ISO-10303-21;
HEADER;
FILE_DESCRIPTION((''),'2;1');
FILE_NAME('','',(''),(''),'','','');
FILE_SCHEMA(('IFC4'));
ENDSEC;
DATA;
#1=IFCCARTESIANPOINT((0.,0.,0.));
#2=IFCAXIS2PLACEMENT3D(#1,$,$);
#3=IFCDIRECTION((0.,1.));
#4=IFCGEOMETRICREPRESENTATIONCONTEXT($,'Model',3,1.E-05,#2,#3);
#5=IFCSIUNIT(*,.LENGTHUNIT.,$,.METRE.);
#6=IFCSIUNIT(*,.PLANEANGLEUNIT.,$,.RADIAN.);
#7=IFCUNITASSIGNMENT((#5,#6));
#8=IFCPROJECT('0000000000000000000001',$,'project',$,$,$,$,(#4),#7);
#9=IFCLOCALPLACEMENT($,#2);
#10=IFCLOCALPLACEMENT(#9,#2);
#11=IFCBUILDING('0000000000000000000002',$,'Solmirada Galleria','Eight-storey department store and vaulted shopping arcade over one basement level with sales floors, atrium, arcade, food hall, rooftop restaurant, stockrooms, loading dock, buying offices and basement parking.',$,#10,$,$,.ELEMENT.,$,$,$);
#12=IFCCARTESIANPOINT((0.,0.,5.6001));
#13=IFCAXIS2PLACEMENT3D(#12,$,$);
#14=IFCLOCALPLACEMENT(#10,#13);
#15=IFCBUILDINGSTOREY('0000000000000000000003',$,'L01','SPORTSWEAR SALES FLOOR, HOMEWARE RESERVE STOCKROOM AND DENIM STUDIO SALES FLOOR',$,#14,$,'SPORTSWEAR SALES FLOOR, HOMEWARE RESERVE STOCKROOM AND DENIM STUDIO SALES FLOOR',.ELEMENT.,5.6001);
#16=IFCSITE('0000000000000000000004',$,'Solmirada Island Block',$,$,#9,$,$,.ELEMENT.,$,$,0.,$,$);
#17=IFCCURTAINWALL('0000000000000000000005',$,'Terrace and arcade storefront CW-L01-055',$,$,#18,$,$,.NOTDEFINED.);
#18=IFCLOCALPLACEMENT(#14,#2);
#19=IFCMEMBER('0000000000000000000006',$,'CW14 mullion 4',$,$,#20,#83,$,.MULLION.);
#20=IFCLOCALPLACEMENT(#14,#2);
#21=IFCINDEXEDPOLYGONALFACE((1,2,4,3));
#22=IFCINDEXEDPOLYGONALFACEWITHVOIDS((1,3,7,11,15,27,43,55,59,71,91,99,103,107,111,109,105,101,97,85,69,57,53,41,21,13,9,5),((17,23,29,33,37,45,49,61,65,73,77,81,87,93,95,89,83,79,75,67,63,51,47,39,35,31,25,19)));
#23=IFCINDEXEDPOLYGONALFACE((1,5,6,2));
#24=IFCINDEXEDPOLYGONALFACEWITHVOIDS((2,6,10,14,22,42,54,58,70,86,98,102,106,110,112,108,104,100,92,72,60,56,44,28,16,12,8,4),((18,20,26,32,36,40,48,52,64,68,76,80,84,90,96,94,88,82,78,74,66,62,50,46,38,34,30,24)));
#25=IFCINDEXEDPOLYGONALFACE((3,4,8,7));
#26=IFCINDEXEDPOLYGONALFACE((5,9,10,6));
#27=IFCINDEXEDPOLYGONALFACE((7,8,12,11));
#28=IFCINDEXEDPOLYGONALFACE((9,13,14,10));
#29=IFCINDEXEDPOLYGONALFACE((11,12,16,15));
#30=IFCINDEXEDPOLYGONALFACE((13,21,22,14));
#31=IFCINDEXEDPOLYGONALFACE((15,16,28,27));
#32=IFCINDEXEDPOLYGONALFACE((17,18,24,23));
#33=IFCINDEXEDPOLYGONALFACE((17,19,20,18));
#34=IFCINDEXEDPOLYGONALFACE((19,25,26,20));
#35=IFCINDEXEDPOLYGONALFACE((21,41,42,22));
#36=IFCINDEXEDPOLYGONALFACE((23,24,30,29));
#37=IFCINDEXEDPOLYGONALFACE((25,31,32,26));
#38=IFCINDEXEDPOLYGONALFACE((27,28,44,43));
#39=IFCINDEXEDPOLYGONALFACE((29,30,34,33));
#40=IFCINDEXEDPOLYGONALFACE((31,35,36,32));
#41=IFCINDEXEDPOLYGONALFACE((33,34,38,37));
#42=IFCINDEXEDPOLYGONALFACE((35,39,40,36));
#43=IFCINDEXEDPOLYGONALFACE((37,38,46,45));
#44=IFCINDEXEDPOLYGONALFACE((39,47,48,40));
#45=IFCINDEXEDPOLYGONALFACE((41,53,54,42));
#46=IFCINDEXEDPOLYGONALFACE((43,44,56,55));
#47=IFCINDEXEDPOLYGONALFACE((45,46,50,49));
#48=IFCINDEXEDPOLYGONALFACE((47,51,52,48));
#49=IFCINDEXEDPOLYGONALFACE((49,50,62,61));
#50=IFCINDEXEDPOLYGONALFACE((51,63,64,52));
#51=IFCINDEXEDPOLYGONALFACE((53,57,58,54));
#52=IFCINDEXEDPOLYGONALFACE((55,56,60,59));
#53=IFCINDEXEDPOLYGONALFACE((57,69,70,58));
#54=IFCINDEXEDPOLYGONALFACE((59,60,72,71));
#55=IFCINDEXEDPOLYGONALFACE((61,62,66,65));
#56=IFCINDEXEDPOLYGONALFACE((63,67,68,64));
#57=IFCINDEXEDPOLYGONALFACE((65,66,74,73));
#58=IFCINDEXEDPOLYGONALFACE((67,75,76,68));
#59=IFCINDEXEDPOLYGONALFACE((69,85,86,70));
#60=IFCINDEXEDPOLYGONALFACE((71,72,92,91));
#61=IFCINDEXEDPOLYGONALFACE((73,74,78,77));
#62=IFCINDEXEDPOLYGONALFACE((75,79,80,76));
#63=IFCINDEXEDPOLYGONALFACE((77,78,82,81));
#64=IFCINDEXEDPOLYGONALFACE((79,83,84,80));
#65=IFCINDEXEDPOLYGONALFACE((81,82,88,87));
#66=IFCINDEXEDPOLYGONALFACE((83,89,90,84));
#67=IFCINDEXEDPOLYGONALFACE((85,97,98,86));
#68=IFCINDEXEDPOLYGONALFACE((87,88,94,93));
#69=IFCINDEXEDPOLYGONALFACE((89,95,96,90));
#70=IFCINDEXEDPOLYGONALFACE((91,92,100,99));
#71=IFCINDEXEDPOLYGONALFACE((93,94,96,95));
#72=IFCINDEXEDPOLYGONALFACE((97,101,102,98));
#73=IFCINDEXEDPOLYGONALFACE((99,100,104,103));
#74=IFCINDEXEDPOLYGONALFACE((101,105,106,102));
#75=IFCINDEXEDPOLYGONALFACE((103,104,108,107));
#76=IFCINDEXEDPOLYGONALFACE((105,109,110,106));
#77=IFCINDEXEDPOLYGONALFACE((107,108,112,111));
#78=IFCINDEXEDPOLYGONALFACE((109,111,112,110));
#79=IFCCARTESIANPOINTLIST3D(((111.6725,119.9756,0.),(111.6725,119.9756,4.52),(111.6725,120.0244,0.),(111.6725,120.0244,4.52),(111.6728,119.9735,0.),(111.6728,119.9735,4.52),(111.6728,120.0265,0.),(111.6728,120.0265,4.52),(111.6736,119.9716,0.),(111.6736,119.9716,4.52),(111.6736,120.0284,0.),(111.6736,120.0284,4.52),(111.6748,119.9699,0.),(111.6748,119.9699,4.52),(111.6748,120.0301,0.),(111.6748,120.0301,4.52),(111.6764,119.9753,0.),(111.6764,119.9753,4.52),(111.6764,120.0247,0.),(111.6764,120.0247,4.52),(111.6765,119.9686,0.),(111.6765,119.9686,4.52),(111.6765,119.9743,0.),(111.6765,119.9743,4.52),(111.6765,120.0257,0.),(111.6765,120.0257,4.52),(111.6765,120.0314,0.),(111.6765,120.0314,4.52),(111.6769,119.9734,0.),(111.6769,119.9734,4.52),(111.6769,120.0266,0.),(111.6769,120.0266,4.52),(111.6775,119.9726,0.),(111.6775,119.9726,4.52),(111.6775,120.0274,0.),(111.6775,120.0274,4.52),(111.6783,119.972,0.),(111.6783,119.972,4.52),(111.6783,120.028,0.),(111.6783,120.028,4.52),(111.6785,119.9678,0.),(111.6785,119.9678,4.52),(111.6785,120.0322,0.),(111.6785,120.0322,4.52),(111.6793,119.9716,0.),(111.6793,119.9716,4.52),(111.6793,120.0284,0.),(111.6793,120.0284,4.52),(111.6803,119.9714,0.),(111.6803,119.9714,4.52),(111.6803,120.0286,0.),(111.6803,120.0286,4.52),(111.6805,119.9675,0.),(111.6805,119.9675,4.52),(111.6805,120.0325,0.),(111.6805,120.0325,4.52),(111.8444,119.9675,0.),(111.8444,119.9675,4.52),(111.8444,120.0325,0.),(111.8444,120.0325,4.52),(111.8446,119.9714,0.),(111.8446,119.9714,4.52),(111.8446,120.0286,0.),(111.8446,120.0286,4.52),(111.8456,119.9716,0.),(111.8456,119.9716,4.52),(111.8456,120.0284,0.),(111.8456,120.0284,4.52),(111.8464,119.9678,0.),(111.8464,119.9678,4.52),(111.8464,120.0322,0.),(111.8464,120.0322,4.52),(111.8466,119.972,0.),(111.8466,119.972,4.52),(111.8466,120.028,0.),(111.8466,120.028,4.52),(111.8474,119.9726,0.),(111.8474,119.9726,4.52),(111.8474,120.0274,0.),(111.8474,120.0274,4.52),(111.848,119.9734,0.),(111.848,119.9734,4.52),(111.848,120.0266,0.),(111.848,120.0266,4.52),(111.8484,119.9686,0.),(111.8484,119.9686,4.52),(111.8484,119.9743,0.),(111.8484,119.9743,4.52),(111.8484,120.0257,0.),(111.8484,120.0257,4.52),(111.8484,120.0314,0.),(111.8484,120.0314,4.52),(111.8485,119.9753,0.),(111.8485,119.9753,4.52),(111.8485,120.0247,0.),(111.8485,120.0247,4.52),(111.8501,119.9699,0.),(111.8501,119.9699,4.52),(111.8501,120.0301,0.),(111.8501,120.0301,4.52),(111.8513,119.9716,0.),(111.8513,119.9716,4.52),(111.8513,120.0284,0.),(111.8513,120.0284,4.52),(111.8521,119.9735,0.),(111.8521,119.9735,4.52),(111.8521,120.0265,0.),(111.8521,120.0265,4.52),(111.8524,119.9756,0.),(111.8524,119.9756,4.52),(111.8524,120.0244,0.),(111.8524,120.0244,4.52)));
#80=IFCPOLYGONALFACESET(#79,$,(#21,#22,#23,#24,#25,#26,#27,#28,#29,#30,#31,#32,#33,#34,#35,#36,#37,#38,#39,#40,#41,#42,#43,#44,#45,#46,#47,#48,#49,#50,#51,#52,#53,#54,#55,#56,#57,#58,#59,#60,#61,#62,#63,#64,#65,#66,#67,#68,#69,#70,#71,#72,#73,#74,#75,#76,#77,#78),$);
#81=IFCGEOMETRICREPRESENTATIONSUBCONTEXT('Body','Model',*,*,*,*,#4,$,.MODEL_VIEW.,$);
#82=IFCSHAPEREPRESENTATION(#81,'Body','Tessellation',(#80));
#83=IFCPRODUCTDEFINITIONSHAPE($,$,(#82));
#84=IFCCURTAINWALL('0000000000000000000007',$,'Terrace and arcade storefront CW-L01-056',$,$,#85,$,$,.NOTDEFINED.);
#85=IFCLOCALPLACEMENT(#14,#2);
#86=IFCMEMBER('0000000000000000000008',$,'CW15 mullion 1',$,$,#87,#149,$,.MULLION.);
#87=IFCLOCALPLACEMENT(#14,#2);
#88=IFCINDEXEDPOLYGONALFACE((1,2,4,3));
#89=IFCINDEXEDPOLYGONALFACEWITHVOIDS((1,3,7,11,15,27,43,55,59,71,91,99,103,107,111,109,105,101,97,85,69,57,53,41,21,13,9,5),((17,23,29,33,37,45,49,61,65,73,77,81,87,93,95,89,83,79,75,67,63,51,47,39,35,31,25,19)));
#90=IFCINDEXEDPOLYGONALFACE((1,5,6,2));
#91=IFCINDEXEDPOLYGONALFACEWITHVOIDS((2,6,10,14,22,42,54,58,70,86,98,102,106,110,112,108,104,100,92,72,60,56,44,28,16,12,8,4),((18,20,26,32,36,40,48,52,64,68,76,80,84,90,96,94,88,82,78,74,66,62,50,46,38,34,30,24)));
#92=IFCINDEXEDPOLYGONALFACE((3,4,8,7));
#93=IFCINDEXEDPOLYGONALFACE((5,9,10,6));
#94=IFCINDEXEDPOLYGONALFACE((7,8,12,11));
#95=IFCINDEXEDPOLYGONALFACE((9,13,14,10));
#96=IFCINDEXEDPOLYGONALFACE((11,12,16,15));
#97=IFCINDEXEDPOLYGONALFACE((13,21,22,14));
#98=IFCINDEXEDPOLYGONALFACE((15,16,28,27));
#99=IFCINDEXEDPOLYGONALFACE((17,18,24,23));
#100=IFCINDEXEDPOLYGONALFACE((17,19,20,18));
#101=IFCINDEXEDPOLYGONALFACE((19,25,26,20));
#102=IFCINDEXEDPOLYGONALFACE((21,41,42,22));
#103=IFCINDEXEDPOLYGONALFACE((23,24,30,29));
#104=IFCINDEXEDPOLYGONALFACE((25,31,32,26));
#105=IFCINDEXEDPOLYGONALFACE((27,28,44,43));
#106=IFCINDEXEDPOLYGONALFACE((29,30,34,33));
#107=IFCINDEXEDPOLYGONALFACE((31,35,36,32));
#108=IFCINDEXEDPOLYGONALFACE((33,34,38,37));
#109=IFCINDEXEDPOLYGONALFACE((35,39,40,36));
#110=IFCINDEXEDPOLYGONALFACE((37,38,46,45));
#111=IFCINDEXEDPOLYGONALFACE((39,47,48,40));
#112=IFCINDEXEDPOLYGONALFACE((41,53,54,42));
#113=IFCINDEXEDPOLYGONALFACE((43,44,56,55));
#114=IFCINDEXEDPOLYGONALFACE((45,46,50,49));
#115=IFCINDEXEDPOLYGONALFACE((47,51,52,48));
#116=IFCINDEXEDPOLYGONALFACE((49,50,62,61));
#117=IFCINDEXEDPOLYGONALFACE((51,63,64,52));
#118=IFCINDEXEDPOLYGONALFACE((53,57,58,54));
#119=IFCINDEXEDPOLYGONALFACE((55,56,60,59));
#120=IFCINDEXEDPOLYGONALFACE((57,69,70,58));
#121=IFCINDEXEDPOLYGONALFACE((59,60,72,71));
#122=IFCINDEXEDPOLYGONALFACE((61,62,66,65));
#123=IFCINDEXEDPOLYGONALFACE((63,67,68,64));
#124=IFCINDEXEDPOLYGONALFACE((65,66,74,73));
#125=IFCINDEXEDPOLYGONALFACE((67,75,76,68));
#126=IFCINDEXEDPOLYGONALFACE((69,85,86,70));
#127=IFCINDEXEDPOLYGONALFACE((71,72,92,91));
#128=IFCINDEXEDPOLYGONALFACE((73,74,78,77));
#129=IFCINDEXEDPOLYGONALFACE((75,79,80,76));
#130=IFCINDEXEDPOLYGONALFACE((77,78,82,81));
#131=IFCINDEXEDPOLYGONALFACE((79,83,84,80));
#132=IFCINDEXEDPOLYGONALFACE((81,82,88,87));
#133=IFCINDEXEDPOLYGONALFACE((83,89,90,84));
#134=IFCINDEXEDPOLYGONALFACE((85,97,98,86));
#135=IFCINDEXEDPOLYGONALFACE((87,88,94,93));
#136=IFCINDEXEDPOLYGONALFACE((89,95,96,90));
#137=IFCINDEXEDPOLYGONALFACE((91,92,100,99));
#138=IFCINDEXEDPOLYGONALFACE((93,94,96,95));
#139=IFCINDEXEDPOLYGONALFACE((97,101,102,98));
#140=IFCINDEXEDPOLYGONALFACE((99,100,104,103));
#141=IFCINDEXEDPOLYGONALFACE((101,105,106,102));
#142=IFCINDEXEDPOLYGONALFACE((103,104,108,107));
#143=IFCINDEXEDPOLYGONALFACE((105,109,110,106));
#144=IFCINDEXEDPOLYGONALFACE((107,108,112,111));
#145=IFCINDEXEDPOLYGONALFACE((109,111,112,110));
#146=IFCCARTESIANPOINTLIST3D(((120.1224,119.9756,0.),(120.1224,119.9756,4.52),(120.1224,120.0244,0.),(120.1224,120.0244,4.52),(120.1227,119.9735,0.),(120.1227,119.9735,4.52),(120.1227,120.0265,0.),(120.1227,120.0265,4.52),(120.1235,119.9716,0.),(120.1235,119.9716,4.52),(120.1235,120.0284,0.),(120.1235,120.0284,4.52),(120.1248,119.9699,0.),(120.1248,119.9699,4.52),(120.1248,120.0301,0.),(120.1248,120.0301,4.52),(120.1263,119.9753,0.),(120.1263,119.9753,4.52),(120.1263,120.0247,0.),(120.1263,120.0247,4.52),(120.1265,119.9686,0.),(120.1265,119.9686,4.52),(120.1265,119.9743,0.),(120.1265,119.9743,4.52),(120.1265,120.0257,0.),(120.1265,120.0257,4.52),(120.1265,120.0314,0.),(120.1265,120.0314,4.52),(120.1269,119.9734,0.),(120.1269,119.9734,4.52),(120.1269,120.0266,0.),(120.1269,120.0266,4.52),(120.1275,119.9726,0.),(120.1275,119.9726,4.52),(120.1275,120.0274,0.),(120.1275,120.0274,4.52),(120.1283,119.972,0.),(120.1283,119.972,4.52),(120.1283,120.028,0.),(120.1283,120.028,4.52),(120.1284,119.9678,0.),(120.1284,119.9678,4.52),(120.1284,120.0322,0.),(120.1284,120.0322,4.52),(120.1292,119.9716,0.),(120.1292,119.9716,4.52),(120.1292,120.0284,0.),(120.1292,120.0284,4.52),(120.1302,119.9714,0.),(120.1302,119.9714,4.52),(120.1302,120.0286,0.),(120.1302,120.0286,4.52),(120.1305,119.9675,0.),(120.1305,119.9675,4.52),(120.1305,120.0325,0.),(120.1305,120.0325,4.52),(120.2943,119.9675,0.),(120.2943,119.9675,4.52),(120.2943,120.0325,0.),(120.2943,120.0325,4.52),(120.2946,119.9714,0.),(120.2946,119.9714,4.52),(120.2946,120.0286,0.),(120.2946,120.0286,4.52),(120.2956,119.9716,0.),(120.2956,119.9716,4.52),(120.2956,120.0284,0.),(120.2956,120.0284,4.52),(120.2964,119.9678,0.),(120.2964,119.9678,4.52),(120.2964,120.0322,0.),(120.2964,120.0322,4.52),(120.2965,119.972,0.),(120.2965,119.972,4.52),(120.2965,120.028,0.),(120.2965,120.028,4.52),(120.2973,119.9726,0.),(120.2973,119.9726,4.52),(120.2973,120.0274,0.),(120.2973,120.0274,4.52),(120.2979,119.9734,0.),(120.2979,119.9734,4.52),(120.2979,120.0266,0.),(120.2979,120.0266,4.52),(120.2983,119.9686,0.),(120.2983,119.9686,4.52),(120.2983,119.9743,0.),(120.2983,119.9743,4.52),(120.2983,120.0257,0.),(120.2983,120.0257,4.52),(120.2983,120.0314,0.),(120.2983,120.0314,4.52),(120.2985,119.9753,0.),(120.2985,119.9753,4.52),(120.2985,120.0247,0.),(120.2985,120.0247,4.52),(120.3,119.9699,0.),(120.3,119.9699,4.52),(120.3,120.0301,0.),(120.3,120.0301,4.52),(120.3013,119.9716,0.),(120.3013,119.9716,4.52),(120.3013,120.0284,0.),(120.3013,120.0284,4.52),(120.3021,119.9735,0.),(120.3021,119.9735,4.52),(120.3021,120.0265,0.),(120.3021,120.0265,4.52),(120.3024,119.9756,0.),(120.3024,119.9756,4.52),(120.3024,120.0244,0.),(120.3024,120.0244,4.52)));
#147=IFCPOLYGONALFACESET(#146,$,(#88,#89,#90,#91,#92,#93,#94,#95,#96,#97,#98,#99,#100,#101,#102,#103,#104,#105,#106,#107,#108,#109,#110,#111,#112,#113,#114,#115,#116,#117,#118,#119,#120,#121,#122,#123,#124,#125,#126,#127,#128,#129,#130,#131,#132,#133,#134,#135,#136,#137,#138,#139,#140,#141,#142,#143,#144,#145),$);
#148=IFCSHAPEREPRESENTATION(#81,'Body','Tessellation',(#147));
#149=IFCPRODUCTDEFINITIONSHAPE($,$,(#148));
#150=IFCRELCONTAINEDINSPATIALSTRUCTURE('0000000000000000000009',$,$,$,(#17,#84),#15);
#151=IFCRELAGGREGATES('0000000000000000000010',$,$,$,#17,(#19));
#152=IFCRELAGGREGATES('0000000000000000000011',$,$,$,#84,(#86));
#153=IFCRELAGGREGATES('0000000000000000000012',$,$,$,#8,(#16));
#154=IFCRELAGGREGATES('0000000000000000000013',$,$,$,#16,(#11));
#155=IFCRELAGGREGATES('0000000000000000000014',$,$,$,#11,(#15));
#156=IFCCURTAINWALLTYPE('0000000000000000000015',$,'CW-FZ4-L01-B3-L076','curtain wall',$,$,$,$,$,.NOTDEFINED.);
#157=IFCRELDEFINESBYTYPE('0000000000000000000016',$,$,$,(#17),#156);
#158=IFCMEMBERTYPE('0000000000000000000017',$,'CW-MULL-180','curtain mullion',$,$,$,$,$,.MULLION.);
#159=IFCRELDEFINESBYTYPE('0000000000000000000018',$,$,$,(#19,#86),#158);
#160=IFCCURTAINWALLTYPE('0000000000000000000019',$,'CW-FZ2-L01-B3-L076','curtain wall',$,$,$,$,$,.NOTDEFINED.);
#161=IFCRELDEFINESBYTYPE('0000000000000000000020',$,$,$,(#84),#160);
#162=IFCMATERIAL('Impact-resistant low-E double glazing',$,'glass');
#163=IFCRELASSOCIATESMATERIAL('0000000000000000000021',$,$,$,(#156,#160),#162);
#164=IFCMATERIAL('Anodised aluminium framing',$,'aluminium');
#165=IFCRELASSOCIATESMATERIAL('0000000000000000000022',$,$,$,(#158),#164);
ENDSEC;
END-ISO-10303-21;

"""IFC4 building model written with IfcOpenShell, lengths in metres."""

from ifc_helpers import new_model, si_unit, direction, frame, origin, origin_2d, place, context, subcontext, project, spatial, hollow_rectangle, extrude, material, material_profile, profile_set, type_object, element, aggregate, save


model = new_model("IFC4")

# Units and contexts
model_context = context("Model", 3, precision=1e-05, world=origin(), true_north=direction((0.0, 1.0)))
body_context = subcontext(model_context, "Body", "Model", "MODEL_VIEW")
ifc_project = project(units=[si_unit("LENGTHUNIT", "METRE"), si_unit("PLANEANGLEUNIT", "RADIAN")], contexts=[model_context])

# Site, building, storey
site_placement = place(None, origin())
site = spatial("IfcSite", under=ifc_project, at=site_placement, Name="Solmirada Island Block", CompositionType="ELEMENT", RefElevation=0.0)
building_placement = place(site_placement, origin())
building = spatial("IfcBuilding", under=site, at=building_placement, Name="Solmirada Galleria", Description="Eight-storey department store and vaulted shopping arcade over one basement level with sales floors, atrium, arcade, food hall, rooftop restaurant, stockrooms, loading dock, buying offices and basement parking.", CompositionType="ELEMENT")
storey_placement = place(building_placement, frame((0.0, 0.0, 5.6001)))
storey = spatial("IfcBuildingStorey", under=building, at=storey_placement, Name="L01", Description="SPORTSWEAR SALES FLOOR, HOMEWARE RESERVE STOCKROOM AND DENIM STUDIO SALES FLOOR", LongName="SPORTSWEAR SALES FLOOR, HOMEWARE RESERVE STOCKROOM AND DENIM STUDIO SALES FLOOR", CompositionType="ELEMENT", Elevation=5.6001)

# Curtain walls, members
ifc_material_1 = material(Name="Impact-resistant low-E double glazing", Category="glass")
curtain_wall_type_1 = type_object("IfcCurtainWallType", Name="CW-FZ4-L01-B3-L076", Description="curtain wall", PredefinedType="NOTDEFINED", material=ifc_material_1)
curtain_wall_1_placement = place(storey_placement, origin())
curtain_wall_1 = element("IfcCurtainWall", 1, at=curtain_wall_1_placement, inside=storey, type_object=curtain_wall_type_1, Name="Terrace and arcade storefront CW-L01-055", PredefinedType="NOTDEFINED")
ifc_material_2 = material(Name="Anodised aluminium framing", Category="aluminium")
ifc_material_profile_1 = material_profile(ifc_material_2, hollow_rectangle(XDim=0.0649, YDim=0.1799, WallThickness=0.0039, InnerFilletRadius=0.0039, OuterFilletRadius=0.0081, at=origin_2d()), Name="ALU-MULL-180X65")
ifc_profile_set_1 = profile_set([ifc_material_profile_1], Name="Anodised aluminium framing")
member_type_1 = type_object("IfcMemberType", Name="CW-MULL-180", Description="curtain mullion", PredefinedType="MULLION", material=ifc_profile_set_1)
member_1_placement = place(storey_placement, frame((111.7625, 120.0, 0.0), z_axis=(0.0, 0.0, 1.0), x_axis=(0.0, 1.0, 0.0)))
member_1 = element("IfcMember", 2, at=member_1_placement, type_object=member_type_1, Name="CW14 mullion 4", PredefinedType="MULLION", context=body_context, shape_type="SweptSolid", body=[
    extrude(hollow_rectangle(XDim=0.0649, YDim=0.1799, WallThickness=0.0039, InnerFilletRadius=0.0039, OuterFilletRadius=0.0081, at=origin_2d()), origin(), (0.0, 0.0, 1.0), 4.52),
])
curtain_wall_type_2 = type_object("IfcCurtainWallType", Name="CW-FZ2-L01-B3-L076", Description="curtain wall", PredefinedType="NOTDEFINED", material=ifc_material_1)
curtain_wall_2_placement = place(storey_placement, origin())
curtain_wall_2 = element("IfcCurtainWall", 3, at=curtain_wall_2_placement, inside=storey, type_object=curtain_wall_type_2, Name="Terrace and arcade storefront CW-L01-056", PredefinedType="NOTDEFINED")
member_2_placement = place(storey_placement, frame((120.2124, 120.0, 0.0), z_axis=(0.0, 0.0, 1.0), x_axis=(0.0, 1.0, 0.0)))
member_2 = element("IfcMember", 4, at=member_2_placement, type_object=member_type_1, Name="CW15 mullion 1", PredefinedType="MULLION", context=body_context, shape_type="SweptSolid", body=[
    extrude(hollow_rectangle(XDim=0.0649, YDim=0.1799, WallThickness=0.0039, InnerFilletRadius=0.0039, OuterFilletRadius=0.0081, at=origin_2d()), origin(), (0.0, 0.0, 1.0), 4.52),
])

aggregate(curtain_wall_1, [member_1])
aggregate(curtain_wall_2, [member_2])

save(model, "model.ifc")
